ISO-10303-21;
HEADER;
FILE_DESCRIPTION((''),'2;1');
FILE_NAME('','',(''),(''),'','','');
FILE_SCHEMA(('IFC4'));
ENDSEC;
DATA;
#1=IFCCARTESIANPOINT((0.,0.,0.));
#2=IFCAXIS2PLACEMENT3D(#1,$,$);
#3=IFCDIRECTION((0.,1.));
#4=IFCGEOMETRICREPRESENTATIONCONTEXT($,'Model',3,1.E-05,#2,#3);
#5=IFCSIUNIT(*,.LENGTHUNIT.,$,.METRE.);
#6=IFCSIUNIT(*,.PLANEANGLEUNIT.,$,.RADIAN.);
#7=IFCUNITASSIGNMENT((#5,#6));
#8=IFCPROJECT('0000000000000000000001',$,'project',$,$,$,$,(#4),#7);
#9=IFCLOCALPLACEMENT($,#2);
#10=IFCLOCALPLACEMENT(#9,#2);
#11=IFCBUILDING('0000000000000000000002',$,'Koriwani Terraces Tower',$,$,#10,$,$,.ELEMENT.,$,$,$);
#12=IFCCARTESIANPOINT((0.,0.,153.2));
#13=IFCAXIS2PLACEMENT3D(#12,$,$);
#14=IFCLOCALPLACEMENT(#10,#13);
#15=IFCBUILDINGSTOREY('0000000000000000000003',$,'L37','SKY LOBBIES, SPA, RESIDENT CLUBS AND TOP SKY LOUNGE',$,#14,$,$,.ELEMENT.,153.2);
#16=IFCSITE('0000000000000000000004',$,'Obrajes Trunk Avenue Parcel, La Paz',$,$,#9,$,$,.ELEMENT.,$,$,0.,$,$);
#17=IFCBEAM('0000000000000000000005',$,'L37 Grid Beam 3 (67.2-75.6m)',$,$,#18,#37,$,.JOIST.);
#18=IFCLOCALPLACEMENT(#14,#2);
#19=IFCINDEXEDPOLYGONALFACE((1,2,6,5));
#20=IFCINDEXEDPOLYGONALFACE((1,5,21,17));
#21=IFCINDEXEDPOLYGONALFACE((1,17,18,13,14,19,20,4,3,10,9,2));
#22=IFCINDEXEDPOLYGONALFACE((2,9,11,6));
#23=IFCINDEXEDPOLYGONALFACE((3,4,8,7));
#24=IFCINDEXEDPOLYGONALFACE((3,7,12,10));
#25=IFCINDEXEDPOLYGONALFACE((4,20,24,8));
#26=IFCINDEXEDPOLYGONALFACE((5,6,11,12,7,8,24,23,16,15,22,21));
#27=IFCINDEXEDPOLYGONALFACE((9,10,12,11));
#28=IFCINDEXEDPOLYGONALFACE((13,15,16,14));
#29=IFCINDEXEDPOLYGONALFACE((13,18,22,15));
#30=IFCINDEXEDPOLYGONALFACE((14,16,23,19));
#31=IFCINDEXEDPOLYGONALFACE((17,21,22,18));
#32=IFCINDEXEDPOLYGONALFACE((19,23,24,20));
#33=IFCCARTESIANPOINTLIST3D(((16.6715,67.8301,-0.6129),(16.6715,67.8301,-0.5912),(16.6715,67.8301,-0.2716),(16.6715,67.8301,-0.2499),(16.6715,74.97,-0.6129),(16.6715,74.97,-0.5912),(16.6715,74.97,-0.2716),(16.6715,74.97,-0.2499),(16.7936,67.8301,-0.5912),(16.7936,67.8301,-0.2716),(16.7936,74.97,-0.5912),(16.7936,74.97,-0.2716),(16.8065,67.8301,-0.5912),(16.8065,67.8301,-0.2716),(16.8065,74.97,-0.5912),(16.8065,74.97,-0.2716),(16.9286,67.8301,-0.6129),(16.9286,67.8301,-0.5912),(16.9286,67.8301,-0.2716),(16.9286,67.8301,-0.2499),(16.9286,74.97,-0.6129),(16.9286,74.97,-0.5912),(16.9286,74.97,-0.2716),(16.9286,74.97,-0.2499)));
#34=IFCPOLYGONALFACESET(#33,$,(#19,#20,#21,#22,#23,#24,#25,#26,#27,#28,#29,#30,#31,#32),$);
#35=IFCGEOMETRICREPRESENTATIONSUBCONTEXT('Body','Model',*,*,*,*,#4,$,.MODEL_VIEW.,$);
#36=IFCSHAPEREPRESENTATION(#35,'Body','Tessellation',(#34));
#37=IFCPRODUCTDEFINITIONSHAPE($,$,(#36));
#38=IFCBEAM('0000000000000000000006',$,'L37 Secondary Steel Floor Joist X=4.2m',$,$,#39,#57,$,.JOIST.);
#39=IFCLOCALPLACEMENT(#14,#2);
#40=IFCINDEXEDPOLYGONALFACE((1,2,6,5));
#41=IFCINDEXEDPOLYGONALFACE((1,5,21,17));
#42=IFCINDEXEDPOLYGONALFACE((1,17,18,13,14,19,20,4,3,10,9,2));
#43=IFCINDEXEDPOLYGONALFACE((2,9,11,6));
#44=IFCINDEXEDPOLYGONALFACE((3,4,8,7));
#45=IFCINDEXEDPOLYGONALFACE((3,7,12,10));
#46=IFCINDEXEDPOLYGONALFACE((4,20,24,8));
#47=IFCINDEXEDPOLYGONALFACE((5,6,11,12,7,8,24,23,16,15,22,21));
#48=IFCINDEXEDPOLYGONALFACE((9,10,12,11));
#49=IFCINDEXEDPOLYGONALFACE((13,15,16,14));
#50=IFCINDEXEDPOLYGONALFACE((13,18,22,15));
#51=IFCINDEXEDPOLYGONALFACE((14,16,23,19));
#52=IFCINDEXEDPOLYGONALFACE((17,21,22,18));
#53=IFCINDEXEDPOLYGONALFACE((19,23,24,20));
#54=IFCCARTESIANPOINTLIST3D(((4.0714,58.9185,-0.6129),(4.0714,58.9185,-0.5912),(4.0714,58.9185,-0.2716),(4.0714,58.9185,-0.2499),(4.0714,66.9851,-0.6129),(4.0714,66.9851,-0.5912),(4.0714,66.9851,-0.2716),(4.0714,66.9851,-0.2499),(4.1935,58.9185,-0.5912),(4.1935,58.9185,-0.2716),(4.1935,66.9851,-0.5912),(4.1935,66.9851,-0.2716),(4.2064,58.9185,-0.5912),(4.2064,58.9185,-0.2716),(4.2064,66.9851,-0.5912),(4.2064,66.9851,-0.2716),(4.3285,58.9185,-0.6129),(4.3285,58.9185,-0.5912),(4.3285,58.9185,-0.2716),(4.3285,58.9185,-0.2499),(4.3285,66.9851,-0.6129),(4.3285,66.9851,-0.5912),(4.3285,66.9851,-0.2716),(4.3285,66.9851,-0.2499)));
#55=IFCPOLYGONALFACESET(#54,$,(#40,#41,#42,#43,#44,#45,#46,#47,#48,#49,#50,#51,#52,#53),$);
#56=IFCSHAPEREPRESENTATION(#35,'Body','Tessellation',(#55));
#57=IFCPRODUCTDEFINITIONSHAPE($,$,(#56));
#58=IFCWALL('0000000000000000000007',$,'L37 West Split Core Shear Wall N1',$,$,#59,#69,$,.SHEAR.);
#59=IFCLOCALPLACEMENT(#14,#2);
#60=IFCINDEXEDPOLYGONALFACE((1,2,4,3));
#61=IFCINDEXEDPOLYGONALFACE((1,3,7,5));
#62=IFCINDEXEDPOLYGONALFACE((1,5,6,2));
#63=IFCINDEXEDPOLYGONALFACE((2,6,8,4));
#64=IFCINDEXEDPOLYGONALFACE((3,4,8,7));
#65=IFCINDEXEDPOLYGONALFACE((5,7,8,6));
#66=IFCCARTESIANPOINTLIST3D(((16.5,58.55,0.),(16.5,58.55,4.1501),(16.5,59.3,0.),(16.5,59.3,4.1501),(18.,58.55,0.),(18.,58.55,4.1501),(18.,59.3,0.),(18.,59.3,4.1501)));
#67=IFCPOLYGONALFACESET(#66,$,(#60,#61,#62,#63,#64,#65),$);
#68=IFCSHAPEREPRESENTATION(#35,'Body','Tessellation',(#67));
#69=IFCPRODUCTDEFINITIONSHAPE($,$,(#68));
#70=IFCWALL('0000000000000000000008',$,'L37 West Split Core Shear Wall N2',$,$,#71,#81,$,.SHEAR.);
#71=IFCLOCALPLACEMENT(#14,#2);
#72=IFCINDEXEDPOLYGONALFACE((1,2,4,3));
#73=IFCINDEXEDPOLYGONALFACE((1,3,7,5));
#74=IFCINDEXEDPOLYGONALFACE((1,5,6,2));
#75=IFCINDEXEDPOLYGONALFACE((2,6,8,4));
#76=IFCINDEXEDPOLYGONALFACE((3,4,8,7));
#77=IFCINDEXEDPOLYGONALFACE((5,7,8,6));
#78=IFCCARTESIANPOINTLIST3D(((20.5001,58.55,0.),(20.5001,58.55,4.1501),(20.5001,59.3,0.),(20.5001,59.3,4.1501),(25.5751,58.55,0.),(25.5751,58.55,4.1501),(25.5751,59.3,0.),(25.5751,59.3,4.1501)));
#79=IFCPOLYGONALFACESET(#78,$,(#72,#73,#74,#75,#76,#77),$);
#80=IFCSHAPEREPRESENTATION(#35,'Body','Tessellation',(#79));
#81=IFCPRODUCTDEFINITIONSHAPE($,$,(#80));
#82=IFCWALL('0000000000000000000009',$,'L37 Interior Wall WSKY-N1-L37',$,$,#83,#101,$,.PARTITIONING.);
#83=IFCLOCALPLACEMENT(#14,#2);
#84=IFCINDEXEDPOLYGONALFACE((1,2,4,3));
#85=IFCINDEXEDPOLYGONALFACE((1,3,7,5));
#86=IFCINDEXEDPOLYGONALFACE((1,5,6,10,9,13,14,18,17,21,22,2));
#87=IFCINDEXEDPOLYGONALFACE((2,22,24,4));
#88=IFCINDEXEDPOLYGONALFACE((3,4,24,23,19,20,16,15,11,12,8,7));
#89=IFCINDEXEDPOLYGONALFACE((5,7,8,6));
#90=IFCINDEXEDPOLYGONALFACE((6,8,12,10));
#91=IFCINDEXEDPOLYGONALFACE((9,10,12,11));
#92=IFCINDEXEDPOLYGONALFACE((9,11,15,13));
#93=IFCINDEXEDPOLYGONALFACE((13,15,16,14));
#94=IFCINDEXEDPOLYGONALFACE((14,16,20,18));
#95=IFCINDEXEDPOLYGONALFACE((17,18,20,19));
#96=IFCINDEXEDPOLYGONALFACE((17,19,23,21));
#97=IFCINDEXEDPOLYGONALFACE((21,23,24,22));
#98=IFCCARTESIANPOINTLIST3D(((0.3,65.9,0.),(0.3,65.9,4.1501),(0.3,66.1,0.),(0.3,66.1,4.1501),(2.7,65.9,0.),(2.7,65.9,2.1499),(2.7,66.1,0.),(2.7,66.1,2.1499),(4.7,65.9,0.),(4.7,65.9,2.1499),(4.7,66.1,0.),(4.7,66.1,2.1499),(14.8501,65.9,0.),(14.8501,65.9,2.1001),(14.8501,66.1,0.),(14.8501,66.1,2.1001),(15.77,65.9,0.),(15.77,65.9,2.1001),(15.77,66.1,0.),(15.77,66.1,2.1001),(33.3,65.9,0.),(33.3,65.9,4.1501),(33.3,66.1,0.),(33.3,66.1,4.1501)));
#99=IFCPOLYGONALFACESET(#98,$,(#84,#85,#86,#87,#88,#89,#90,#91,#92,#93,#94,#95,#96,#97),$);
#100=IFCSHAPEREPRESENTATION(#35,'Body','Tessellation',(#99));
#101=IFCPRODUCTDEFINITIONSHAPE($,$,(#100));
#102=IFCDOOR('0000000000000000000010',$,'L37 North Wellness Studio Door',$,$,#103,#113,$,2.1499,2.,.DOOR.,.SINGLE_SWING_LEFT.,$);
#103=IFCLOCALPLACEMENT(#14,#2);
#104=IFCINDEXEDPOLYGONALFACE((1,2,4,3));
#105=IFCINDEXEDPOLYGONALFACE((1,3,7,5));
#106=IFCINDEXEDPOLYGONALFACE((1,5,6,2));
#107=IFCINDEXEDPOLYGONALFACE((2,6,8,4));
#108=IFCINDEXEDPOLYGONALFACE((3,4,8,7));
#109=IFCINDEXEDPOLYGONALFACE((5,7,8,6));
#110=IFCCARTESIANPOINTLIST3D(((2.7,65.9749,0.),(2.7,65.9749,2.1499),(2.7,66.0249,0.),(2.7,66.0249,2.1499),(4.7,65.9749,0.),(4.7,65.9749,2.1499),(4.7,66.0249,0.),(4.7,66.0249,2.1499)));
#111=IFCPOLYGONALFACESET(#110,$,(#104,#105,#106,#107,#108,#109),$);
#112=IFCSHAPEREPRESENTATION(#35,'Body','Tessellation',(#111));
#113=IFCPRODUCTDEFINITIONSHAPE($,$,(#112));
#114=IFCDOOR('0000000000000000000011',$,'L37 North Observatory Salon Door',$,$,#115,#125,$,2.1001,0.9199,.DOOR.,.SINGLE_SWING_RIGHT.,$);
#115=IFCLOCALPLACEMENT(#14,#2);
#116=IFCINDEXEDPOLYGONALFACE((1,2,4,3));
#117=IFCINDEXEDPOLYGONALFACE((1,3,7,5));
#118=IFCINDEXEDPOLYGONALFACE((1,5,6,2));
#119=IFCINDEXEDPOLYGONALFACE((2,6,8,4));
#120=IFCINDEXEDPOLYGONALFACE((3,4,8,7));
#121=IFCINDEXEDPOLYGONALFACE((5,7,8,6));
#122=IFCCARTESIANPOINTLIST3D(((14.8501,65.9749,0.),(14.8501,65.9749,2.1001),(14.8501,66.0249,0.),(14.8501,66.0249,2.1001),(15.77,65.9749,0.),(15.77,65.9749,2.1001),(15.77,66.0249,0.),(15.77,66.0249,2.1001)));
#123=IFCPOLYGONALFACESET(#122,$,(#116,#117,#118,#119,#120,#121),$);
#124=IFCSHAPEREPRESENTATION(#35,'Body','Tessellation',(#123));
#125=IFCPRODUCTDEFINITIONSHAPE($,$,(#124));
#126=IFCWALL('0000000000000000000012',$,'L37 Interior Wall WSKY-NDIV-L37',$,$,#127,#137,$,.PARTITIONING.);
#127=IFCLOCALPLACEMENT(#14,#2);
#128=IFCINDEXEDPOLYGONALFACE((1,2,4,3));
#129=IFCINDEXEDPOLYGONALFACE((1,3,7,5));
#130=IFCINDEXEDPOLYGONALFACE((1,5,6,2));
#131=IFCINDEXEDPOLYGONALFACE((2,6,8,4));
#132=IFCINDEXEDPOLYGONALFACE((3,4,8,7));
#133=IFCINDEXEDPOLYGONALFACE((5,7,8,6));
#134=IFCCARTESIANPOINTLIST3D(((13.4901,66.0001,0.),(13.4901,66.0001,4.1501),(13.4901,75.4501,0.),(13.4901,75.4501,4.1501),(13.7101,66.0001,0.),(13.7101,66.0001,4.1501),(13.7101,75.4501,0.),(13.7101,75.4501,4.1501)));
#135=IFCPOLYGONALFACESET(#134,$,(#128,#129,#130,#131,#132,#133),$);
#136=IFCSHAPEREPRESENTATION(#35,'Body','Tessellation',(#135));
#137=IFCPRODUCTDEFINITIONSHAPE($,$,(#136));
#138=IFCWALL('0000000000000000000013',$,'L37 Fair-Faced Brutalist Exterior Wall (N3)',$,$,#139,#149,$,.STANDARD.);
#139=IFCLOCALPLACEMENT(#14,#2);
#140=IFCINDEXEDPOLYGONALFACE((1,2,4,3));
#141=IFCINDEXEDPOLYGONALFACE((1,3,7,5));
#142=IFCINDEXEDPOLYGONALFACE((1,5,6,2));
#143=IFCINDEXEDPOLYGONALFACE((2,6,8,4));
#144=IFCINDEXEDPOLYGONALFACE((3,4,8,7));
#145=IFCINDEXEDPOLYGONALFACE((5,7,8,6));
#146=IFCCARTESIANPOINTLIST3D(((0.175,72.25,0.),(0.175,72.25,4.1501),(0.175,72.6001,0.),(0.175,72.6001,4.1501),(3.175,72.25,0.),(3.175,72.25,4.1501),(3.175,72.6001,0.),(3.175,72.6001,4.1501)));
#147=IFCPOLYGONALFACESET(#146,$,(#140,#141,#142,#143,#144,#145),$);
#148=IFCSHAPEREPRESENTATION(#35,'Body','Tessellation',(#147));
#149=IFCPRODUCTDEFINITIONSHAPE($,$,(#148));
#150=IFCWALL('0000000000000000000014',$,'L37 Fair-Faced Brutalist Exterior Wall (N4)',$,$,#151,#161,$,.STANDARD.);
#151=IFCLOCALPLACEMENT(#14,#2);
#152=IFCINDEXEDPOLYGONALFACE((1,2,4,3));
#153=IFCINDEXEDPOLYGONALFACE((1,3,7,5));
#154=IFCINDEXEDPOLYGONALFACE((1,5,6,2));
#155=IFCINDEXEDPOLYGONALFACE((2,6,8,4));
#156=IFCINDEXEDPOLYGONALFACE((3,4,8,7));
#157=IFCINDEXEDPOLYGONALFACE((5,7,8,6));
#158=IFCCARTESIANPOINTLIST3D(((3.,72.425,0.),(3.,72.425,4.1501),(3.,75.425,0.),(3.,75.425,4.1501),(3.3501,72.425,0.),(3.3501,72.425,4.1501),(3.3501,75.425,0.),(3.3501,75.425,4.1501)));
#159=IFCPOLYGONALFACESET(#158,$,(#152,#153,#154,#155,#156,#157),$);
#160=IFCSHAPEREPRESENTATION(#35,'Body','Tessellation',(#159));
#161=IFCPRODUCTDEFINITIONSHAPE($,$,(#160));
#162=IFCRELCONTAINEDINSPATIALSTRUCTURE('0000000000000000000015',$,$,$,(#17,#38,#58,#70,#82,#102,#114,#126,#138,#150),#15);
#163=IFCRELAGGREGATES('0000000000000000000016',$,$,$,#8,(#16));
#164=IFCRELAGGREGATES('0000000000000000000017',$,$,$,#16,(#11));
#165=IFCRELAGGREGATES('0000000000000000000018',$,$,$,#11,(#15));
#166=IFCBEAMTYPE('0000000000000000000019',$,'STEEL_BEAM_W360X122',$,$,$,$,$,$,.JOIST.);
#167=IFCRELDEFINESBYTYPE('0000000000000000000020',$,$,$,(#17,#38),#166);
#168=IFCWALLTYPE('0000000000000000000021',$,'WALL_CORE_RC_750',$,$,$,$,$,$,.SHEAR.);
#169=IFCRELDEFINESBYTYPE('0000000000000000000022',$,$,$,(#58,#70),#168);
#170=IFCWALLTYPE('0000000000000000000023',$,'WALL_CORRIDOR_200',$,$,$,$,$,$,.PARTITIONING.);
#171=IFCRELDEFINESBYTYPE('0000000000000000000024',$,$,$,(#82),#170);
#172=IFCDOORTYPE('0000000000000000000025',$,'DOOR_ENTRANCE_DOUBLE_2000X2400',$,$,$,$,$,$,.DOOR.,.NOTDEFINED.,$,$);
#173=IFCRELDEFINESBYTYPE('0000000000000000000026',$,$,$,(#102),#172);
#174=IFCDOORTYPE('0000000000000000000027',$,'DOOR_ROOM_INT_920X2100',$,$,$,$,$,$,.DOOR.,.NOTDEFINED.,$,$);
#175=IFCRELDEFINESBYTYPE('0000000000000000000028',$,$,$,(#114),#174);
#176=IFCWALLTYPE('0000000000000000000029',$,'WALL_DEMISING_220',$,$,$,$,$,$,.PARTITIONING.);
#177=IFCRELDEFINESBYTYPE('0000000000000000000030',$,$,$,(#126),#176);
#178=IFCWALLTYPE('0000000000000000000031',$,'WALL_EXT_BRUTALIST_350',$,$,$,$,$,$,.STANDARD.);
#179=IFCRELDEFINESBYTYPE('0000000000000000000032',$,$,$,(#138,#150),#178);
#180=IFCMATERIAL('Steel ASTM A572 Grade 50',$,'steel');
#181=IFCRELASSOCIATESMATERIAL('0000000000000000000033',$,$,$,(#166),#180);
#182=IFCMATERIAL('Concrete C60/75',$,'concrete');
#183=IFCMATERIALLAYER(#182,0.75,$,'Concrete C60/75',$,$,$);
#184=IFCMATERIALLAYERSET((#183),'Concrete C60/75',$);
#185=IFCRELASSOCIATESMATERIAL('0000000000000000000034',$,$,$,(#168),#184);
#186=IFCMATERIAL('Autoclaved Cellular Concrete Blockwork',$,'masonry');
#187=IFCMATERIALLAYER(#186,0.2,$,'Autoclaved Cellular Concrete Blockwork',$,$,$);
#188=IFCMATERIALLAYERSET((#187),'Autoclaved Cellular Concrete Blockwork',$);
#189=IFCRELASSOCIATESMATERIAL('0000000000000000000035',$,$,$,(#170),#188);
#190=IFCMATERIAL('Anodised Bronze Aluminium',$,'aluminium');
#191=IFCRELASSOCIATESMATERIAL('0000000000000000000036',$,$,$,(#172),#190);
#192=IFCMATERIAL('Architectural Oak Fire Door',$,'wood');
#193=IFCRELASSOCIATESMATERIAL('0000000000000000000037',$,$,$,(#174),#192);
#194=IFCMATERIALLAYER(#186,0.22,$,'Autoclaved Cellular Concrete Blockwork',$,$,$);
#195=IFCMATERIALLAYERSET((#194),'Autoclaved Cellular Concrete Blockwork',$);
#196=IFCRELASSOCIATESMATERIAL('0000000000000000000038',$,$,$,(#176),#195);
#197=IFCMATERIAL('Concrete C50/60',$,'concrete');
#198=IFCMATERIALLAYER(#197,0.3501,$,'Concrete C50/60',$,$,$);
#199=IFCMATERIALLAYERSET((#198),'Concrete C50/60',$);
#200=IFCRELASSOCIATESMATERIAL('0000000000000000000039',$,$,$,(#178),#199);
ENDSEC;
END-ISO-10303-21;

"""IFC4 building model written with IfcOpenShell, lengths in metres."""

from ifc_helpers import new_model, si_unit, direction, frame, frame_2d, origin, origin_2d, place, context, subcontext, project, spatial, rectangle, i_section, extrude, material, layer, layer_set, material_profile, profile_set, type_object, element, fill, save


model = new_model("IFC4")

# Units and contexts
model_context = context("Model", 3, precision=1e-05, world=origin(), true_north=direction((0.0, 1.0)))
body_context = subcontext(model_context, "Body", "Model", "MODEL_VIEW")
ifc_project = project(units=[si_unit("LENGTHUNIT", "METRE"), si_unit("PLANEANGLEUNIT", "RADIAN")], contexts=[model_context])

# Site, building, storey
site_placement = place(None, origin())
site = spatial("IfcSite", under=ifc_project, at=site_placement, Name="Obrajes Trunk Avenue Parcel, La Paz", CompositionType="ELEMENT", RefElevation=0.0)
building_placement = place(site_placement, origin())
building = spatial("IfcBuilding", under=site, at=building_placement, Name="Koriwani Terraces Tower", CompositionType="ELEMENT")
storey_placement = place(building_placement, frame((0.0, 0.0, 153.2)))
storey = spatial("IfcBuildingStorey", under=building, at=storey_placement, Name="L37", Description="SKY LOBBIES, SPA, RESIDENT CLUBS AND TOP SKY LOUNGE", CompositionType="ELEMENT", Elevation=153.2)

# Shared definitions
ifc_material_1 = material(Name="Concrete C50/60", Category="concrete")

# Beams
ifc_material_2 = material(Name="Concrete C60/75", Category="concrete")
ifc_material_3 = material(Name="Steel ASTM A572 Grade 50", Category="steel")
ifc_material_profile_1 = material_profile(ifc_material_3, i_section(OverallWidth=0.2571, OverallDepth=0.363, WebThickness=0.0129, FlangeThickness=0.0217, at=origin_2d()), Name="Steel ASTM A572 Grade 50", Category="LoadBearing")
ifc_profile_set_1 = profile_set([ifc_material_profile_1], Name="Steel ASTM A572 Grade 50")
beam_type_1 = type_object("IfcBeamType", Name="STEEL_BEAM_W360X122", PredefinedType="JOIST", material=ifc_profile_set_1)
beam_1_placement = place(storey_placement, frame((16.8, 67.8301, -0.4314), z_axis=(0.0, 1.0, 0.0), x_axis=(-1.0, 0.0, 0.0)))
element("IfcBeam", 1, at=beam_1_placement, inside=storey, type_object=beam_type_1, Name="L37 Grid Beam 3 (67.2-75.6m)", PredefinedType="JOIST", context=body_context, shape_type="SweptSolid", body=[
    extrude(i_section(OverallWidth=0.2571, OverallDepth=0.363, WebThickness=0.0129, FlangeThickness=0.0217, at=origin_2d()), origin(), (0.0, 0.0, 1.0), 7.1399),
])
beam_2_placement = place(storey_placement, frame((4.2, 58.9185, -0.4314), z_axis=(0.0, 1.0, 0.0), x_axis=(-1.0, 0.0, 0.0)))
element("IfcBeam", 2, at=beam_2_placement, inside=storey, type_object=beam_type_1, Name="L37 Secondary Steel Floor Joist X=4.2m", PredefinedType="JOIST", context=body_context, shape_type="SweptSolid", body=[
    extrude(i_section(OverallWidth=0.2571, OverallDepth=0.363, WebThickness=0.0129, FlangeThickness=0.0217, at=origin_2d()), origin(), (0.0, 0.0, 1.0), 8.0667),
])

# Walls
ifc_layer_1 = layer(ifc_material_2, 0.75, Name="Concrete C60/75")
ifc_layer_set_1 = layer_set([ifc_layer_1], Name="Concrete C60/75")
wall_type_1 = type_object("IfcWallType", Name="WALL_CORE_RC_750", PredefinedType="SHEAR", material=ifc_layer_set_1)
wall_1_placement = place(storey_placement, frame((16.5, 58.925, 0.0), z_axis=(0.0, 0.0, 1.0), x_axis=(1.0, 0.0, 0.0)))
element("IfcWall", 3, at=wall_1_placement, inside=storey, type_object=wall_type_1, Name="L37 West Split Core Shear Wall N1", PredefinedType="SHEAR", context=body_context, shape_type="SweptSolid", body=[
    extrude(rectangle(XDim=1.5, YDim=0.75, at=frame_2d((0.75, 0.0))), origin(), (0.0, 0.0, 1.0), 4.1501),
])
wall_2_placement = place(storey_placement, frame((20.5, 58.925, 0.0), z_axis=(0.0, 0.0, 1.0), x_axis=(1.0, 0.0, 0.0)))
element("IfcWall", 4, at=wall_2_placement, inside=storey, type_object=wall_type_1, Name="L37 West Split Core Shear Wall N2", PredefinedType="SHEAR", context=body_context, shape_type="SweptSolid", body=[
    extrude(rectangle(XDim=5.075, YDim=0.75, at=frame_2d((2.5376, 0.0))), origin(), (0.0, 0.0, 1.0), 4.1501),
])

# Wall, openings, doors
ifc_material_4 = material(Name="Autoclaved Cellular Concrete Blockwork", Category="masonry")
ifc_layer_2 = layer(ifc_material_4, 0.2, Name="Autoclaved Cellular Concrete Blockwork")
ifc_layer_set_2 = layer_set([ifc_layer_2], Name="Autoclaved Cellular Concrete Blockwork")
wall_type_2 = type_object("IfcWallType", Name="WALL_CORRIDOR_200", PredefinedType="PARTITIONING", material=ifc_layer_set_2)
wall_3_placement = place(storey_placement, frame((0.3, 66.0, 0.0), z_axis=(0.0, 0.0, 1.0), x_axis=(1.0, 0.0, 0.0)))
wall_3 = element("IfcWall", 5, at=wall_3_placement, inside=storey, type_object=wall_type_2, Name="L37 Interior Wall WSKY-N1-L37", PredefinedType="PARTITIONING", context=body_context, shape_type="SweptSolid", body=[
    extrude(rectangle(XDim=33.0, YDim=0.2, at=frame_2d((16.5, 0.0))), origin(), (0.0, 0.0, 1.0), 4.1501),
])
opening_1_placement = place(wall_3_placement, frame((2.3999, 0.0, 0.0)))
opening_1 = element("IfcOpeningElement", 6, at=opening_1_placement, cuts=wall_3, PredefinedType="OPENING", context=body_context, shape_type="SweptSolid", body=[
    extrude(rectangle(XDim=2.0, YDim=2.1499, at=frame_2d((1.0, 1.075))), frame((0.0, 0.1099, 0.0), z_axis=(0.0, -1.0, 0.0), x_axis=(1.0, 0.0, 0.0)), (0.0, 0.0, 1.0), 0.22),
])
opening_2_placement = place(wall_3_placement, frame((14.55, 0.0, 0.0)))
opening_2 = element("IfcOpeningElement", 7, at=opening_2_placement, cuts=wall_3, PredefinedType="OPENING", context=body_context, shape_type="SweptSolid", body=[
    extrude(rectangle(XDim=0.9199, YDim=2.1001, at=frame_2d((0.46, 1.05))), frame((0.0, 0.1099, 0.0), z_axis=(0.0, -1.0, 0.0), x_axis=(1.0, 0.0, 0.0)), (0.0, 0.0, 1.0), 0.22),
])
ifc_material_5 = material(Name="Anodised Bronze Aluminium", Category="aluminium")
door_type_1 = type_object("IfcDoorType", Name="DOOR_ENTRANCE_DOUBLE_2000X2400", OperationType="NOTDEFINED", PredefinedType="DOOR", material=ifc_material_5)
door_1_placement = place(opening_1_placement, origin())
door_1 = element("IfcDoor", 8, at=door_1_placement, inside=storey, type_object=door_type_1, Name="L37 North Wellness Studio Door", OperationType="SINGLE_SWING_LEFT", OverallHeight=2.1499, OverallWidth=2.0, PredefinedType="DOOR", context=body_context, shape_type="SweptSolid", body=[
    extrude(rectangle(XDim=2.0, YDim=2.1499, at=frame_2d((1.0, 1.075))), frame((0.0, 0.0249, 0.0), z_axis=(0.0, -1.0, 0.0), x_axis=(1.0, 0.0, 0.0)), (0.0, 0.0, 1.0), 0.05),
])
fill(opening_1, door_1)
ifc_material_6 = material(Name="Architectural Oak Fire Door", Category="wood")
door_type_2 = type_object("IfcDoorType", Name="DOOR_ROOM_INT_920X2100", OperationType="NOTDEFINED", PredefinedType="DOOR", material=ifc_material_6)
door_2_placement = place(opening_2_placement, origin())
door_2 = element("IfcDoor", 9, at=door_2_placement, inside=storey, type_object=door_type_2, Name="L37 North Observatory Salon Door", OperationType="SINGLE_SWING_RIGHT", OverallHeight=2.1001, OverallWidth=0.9199, PredefinedType="DOOR", context=body_context, shape_type="SweptSolid", body=[
    extrude(rectangle(XDim=0.9199, YDim=2.1001, at=frame_2d((0.46, 1.05))), frame((0.0, 0.0249, 0.0), z_axis=(0.0, -1.0, 0.0), x_axis=(1.0, 0.0, 0.0)), (0.0, 0.0, 1.0), 0.05),
])
fill(opening_2, door_2)

# Walls
ifc_layer_3 = layer(ifc_material_4, 0.22, Name="Autoclaved Cellular Concrete Blockwork")
ifc_layer_set_3 = layer_set([ifc_layer_3], Name="Autoclaved Cellular Concrete Blockwork")
wall_type_3 = type_object("IfcWallType", Name="WALL_DEMISING_220", PredefinedType="PARTITIONING", material=ifc_layer_set_3)
wall_4_placement = place(storey_placement, frame((13.6001, 66.0, 0.0), z_axis=(0.0, 0.0, 1.0), x_axis=(0.0, 1.0, 0.0)))
element("IfcWall", 10, at=wall_4_placement, inside=storey, type_object=wall_type_3, Name="L37 Interior Wall WSKY-NDIV-L37", PredefinedType="PARTITIONING", context=body_context, shape_type="SweptSolid", body=[
    extrude(rectangle(XDim=9.45, YDim=0.22, at=frame_2d((4.7251, 0.0))), origin(), (0.0, 0.0, 1.0), 4.1501),
])
ifc_layer_4 = layer(ifc_material_1, 0.3501, Name="Concrete C50/60")
ifc_layer_set_4 = layer_set([ifc_layer_4], Name="Concrete C50/60")
wall_type_4 = type_object("IfcWallType", Name="WALL_EXT_BRUTALIST_350", PredefinedType="STANDARD", material=ifc_layer_set_4)
for number, where, z_axis, x_axis, name in (
    (11, (0.175, 72.425, 0.0), (0.0, 0.0, 1.0), (1.0, 0.0, 0.0), "L37 Fair-Faced Brutalist Exterior Wall (N3)"),
    (12, (3.175, 72.425, 0.0), (0.0, 0.0, 1.0), (0.0, 1.0, 0.0), "L37 Fair-Faced Brutalist Exterior Wall (N4)"),
):
    element("IfcWall", number, at=place(storey_placement, frame(where, z_axis=z_axis, x_axis=x_axis)), inside=storey, type_object=wall_type_4, Name=name, PredefinedType="STANDARD", context=body_context, shape_type="SweptSolid", body=[
        extrude(rectangle(XDim=3.0, YDim=0.3501, at=frame_2d((1.5, 0.0))), origin(), (0.0, 0.0, 1.0), 4.1501),
    ])

save(model, "model.ifc")
